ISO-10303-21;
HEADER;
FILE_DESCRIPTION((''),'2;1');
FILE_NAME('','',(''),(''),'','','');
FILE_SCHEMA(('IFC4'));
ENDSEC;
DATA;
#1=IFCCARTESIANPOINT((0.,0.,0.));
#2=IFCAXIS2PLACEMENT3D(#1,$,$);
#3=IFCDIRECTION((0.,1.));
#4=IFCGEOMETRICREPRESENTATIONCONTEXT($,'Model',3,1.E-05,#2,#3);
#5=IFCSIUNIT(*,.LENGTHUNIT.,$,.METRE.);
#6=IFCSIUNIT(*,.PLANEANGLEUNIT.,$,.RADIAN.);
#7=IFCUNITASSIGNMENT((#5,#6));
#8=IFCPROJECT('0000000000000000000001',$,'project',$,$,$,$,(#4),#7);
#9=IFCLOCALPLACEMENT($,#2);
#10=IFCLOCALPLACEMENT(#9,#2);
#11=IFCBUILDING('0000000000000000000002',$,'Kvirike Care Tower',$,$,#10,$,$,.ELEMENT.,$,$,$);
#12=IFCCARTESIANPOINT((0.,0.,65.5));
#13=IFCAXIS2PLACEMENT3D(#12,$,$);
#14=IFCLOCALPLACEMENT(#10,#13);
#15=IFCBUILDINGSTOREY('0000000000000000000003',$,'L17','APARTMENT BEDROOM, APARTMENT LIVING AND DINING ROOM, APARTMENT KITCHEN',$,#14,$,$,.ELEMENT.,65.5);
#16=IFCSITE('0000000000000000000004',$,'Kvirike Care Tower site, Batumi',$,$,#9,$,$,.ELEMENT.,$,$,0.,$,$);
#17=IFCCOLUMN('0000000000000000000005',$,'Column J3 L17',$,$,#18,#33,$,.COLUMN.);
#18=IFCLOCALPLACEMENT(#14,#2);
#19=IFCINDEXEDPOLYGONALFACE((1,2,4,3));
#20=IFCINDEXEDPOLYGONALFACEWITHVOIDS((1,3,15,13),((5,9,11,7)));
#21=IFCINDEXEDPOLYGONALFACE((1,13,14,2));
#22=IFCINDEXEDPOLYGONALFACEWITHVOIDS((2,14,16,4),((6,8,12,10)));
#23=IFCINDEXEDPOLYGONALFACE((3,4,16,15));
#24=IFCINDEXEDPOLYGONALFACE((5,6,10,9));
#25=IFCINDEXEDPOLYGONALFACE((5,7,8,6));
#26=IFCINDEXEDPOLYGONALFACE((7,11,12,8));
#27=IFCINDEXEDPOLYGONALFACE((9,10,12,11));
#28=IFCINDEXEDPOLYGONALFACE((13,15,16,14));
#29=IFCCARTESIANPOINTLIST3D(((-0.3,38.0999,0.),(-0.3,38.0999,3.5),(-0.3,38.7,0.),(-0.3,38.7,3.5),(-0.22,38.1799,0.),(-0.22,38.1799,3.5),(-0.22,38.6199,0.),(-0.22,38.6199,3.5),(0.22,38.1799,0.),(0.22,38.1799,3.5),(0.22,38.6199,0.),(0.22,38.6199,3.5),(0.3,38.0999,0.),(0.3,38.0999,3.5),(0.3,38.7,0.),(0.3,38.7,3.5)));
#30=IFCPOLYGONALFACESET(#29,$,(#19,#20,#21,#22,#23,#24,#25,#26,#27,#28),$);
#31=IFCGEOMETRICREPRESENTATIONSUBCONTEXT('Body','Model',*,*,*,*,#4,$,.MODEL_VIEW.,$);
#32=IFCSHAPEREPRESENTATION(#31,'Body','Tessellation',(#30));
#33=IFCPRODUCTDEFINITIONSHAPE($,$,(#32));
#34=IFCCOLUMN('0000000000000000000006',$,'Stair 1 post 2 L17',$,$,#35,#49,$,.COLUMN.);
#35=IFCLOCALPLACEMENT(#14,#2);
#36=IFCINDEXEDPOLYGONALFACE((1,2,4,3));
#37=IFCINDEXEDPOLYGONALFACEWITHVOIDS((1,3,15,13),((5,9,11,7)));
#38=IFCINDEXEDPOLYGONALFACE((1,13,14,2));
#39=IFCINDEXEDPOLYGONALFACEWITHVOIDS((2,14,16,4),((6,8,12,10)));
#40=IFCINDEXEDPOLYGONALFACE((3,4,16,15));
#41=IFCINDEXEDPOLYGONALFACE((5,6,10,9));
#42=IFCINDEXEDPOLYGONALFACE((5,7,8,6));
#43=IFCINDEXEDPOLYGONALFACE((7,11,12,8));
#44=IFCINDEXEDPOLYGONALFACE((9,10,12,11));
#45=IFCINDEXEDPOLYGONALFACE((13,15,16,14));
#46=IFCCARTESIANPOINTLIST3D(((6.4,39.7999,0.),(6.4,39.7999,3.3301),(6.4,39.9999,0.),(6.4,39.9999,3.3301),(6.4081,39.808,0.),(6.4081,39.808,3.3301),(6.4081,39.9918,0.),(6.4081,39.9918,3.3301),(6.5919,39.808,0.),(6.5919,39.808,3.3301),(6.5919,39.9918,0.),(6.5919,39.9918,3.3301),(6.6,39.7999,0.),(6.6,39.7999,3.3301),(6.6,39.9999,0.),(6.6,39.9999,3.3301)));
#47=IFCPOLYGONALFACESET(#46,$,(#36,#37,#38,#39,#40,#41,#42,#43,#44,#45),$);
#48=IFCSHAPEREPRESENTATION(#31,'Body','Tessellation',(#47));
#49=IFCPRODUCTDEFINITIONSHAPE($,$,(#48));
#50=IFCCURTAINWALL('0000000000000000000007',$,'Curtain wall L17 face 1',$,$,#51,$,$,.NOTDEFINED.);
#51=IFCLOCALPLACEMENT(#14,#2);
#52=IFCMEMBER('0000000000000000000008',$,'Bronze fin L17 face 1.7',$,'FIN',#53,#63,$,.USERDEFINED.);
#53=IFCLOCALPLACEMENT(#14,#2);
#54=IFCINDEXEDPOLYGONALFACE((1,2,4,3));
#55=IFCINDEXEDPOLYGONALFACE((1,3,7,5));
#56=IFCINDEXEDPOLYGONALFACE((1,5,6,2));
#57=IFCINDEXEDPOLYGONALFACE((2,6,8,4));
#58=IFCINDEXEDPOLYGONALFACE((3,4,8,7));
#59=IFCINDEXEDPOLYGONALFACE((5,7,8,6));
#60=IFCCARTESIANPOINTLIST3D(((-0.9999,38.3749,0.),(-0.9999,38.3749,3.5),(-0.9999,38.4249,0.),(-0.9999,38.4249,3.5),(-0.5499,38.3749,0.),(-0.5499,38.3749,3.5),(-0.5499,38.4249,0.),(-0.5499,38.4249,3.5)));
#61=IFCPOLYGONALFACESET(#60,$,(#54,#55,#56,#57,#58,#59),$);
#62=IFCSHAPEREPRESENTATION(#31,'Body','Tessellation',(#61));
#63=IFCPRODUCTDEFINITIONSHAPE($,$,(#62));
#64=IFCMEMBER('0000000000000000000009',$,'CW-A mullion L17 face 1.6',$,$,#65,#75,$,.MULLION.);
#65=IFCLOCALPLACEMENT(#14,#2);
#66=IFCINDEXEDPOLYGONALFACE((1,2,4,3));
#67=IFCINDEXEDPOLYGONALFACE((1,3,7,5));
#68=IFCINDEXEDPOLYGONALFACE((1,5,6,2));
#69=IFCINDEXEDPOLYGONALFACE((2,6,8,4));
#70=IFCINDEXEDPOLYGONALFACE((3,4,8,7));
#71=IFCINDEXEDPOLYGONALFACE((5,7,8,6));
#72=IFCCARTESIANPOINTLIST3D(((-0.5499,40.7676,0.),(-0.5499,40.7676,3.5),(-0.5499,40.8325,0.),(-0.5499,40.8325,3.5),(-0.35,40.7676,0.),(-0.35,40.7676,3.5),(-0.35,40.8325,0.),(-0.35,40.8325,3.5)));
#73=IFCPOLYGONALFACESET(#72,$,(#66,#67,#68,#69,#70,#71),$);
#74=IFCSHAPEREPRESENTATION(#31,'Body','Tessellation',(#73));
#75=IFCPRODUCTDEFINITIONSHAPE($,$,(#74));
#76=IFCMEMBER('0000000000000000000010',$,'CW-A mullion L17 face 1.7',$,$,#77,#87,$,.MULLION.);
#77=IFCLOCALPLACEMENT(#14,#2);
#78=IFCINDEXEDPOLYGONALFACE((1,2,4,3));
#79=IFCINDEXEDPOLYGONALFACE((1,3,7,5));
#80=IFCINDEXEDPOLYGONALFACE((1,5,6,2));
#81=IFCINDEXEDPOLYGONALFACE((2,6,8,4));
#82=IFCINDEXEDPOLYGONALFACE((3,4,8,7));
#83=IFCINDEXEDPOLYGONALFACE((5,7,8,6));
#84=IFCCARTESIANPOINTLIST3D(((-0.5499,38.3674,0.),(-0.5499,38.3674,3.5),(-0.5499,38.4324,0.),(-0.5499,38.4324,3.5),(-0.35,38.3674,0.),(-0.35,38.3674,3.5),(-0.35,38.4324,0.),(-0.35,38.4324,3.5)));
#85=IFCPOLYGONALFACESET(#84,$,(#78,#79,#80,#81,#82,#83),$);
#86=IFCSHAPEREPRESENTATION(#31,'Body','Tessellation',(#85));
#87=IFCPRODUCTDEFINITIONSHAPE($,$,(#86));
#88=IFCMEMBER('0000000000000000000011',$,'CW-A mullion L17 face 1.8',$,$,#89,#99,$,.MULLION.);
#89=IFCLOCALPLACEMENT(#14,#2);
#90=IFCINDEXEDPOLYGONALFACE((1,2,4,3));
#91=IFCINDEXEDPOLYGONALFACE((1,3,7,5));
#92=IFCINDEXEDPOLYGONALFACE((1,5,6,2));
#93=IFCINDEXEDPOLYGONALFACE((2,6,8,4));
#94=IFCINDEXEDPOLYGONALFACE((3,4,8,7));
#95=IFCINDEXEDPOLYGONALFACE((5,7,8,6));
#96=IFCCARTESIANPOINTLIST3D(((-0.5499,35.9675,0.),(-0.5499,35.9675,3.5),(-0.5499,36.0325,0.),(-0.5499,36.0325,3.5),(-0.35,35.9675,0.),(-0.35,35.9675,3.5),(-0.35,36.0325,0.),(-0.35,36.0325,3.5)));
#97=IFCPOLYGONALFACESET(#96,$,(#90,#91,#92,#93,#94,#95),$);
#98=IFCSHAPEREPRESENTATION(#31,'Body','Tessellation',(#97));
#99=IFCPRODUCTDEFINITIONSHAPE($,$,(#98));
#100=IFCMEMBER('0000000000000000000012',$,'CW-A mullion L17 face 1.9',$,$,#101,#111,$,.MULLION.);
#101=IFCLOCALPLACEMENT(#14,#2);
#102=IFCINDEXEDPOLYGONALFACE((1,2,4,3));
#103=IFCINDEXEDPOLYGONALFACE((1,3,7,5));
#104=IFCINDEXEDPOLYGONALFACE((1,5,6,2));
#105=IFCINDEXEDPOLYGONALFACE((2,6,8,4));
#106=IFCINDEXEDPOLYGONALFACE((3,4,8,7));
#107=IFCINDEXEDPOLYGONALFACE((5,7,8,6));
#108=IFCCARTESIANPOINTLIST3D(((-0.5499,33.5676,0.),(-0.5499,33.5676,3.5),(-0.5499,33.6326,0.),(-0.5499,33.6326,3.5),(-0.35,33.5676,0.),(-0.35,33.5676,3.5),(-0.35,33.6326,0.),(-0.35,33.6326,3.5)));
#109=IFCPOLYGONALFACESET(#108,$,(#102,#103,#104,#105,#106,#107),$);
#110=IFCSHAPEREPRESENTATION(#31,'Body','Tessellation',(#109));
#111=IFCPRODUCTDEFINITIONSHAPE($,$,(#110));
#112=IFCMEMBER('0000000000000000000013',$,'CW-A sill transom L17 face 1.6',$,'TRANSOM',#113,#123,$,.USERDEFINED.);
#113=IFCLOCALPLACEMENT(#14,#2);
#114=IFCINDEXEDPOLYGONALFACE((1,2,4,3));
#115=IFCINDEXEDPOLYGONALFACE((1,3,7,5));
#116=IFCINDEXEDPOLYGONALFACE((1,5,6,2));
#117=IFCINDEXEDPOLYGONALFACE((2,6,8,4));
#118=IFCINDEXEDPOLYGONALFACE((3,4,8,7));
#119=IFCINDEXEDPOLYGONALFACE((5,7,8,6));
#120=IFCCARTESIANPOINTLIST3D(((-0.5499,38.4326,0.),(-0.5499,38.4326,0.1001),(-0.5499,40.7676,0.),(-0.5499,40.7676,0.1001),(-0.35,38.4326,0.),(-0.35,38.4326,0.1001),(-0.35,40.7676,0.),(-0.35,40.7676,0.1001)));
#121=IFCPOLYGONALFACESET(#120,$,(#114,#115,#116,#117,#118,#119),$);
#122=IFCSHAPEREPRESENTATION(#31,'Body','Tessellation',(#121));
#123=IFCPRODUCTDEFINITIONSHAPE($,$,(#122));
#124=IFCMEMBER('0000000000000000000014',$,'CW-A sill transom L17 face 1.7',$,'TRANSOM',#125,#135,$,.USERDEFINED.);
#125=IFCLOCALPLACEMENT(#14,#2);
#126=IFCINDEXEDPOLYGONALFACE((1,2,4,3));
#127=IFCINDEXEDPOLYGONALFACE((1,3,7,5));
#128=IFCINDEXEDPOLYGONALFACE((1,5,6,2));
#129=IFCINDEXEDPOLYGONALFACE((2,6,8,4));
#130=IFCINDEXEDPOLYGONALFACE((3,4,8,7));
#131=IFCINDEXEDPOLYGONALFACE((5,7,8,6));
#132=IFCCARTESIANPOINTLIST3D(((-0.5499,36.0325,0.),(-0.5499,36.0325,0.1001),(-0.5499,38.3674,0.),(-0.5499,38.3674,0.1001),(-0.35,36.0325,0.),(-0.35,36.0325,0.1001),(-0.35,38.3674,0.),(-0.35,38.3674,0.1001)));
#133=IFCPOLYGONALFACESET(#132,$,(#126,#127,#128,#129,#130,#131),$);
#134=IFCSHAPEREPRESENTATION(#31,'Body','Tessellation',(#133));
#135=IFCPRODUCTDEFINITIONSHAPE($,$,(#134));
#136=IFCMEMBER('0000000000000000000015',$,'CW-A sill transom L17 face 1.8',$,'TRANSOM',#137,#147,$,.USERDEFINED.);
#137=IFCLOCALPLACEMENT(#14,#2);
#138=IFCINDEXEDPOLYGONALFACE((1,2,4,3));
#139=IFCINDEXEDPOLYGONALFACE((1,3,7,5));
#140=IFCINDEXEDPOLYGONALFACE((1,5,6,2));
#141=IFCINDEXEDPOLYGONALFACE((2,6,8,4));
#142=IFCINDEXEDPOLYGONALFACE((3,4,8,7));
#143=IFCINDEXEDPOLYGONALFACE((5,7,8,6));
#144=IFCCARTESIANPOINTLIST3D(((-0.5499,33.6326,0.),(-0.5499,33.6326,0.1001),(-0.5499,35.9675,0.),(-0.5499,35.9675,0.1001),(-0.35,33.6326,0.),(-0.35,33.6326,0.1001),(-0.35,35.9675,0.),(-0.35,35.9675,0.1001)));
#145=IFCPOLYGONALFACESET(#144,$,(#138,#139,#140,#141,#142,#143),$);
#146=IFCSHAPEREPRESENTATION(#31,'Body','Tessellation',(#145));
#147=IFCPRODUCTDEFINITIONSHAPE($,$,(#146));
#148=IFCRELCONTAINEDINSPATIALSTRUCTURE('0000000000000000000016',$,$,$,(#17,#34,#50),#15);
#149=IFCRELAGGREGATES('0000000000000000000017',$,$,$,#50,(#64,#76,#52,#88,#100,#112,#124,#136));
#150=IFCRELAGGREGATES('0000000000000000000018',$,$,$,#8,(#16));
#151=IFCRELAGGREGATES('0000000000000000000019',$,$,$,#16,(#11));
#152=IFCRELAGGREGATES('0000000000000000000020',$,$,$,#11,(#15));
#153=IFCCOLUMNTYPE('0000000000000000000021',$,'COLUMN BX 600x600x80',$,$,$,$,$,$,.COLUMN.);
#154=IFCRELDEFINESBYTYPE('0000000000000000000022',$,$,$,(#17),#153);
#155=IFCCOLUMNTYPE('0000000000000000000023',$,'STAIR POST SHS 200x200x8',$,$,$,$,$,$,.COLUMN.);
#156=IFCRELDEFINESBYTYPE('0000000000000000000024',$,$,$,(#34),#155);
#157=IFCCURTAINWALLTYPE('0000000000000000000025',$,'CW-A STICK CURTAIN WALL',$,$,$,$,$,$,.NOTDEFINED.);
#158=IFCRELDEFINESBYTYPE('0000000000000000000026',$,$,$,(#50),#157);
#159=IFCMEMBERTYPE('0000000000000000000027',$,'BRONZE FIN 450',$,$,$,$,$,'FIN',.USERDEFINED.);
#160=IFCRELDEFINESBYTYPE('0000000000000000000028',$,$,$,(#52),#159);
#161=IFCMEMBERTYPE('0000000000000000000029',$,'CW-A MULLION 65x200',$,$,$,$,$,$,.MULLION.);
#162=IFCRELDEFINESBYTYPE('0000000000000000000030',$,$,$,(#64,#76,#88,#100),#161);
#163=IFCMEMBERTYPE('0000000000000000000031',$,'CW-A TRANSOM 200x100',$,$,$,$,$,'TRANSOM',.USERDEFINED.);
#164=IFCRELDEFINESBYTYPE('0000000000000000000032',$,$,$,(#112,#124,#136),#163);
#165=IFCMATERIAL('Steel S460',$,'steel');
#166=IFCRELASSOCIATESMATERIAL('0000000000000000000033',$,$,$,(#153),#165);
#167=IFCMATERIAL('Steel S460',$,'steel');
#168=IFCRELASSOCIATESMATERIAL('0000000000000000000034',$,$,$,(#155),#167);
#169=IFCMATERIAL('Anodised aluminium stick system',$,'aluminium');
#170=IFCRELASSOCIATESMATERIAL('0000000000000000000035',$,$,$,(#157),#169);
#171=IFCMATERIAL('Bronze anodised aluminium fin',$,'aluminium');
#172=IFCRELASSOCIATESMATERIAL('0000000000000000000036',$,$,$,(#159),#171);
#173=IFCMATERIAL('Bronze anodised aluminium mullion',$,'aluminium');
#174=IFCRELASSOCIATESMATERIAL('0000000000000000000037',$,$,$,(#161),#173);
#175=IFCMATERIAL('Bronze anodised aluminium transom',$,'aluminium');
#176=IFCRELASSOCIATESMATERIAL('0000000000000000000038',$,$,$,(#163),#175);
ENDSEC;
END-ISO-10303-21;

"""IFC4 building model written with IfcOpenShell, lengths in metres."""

from ifc_helpers import new_model, si_unit, direction, frame, origin, origin_2d, place, context, subcontext, project, spatial, rectangle, hollow_rectangle, extrude, material, material_profile, profile_set, type_object, element, aggregate, save


model = new_model("IFC4")

# Units and contexts
model_context = context("Model", 3, precision=1e-05, world=origin(), true_north=direction((0.0, 1.0)))
body_context = subcontext(model_context, "Body", "Model", "MODEL_VIEW")
ifc_project = project(units=[si_unit("LENGTHUNIT", "METRE"), si_unit("PLANEANGLEUNIT", "RADIAN")], contexts=[model_context])

# Site, building, storey
site_placement = place(None, origin())
site = spatial("IfcSite", under=ifc_project, at=site_placement, Name="Kvirike Care Tower site, Batumi", CompositionType="ELEMENT", RefElevation=0.0)
building_placement = place(site_placement, origin())
building = spatial("IfcBuilding", under=site, at=building_placement, Name="Kvirike Care Tower", CompositionType="ELEMENT")
storey_placement = place(building_placement, frame((0.0, 0.0, 65.5)))
storey = spatial("IfcBuildingStorey", under=building, at=storey_placement, Name="L17", Description="APARTMENT BEDROOM, APARTMENT LIVING AND DINING ROOM, APARTMENT KITCHEN", CompositionType="ELEMENT", Elevation=65.5)

# Columns
ifc_material_1 = material(Name="Steel S460", Category="steel")
ifc_material_profile_1 = material_profile(ifc_material_1, hollow_rectangle(XDim=0.6001, YDim=0.6001, WallThickness=0.0801, at=origin_2d()), Name="BX 600x600x80")
ifc_profile_set_1 = profile_set([ifc_material_profile_1], Name="Steel S460")
column_type_1 = type_object("IfcColumnType", Name="COLUMN BX 600x600x80", PredefinedType="COLUMN", material=ifc_profile_set_1)
column_1_placement = place(storey_placement, frame((0.0, 38.3999, 0.0), z_axis=(0.0, 0.0, 1.0), x_axis=(1.0, 0.0, 0.0)))
element("IfcColumn", 1, at=column_1_placement, inside=storey, type_object=column_type_1, Name="Column J3 L17", PredefinedType="COLUMN", context=body_context, shape_type="SweptSolid", body=[
    extrude(hollow_rectangle(XDim=0.6001, YDim=0.6001, WallThickness=0.0801, at=origin_2d()), origin(), (0.0, 0.0, 1.0), 3.5),
])
ifc_material_2 = material(Name="Steel S460", Category="steel")
ifc_material_profile_2 = material_profile(ifc_material_2, hollow_rectangle(XDim=0.2, YDim=0.2, WallThickness=0.0081, at=origin_2d()), Name="SHS 200x200x8")
ifc_profile_set_2 = profile_set([ifc_material_profile_2], Name="Steel S460")
column_type_2 = type_object("IfcColumnType", Name="STAIR POST SHS 200x200x8", PredefinedType="COLUMN", material=ifc_profile_set_2)
column_2_placement = place(storey_placement, frame((6.5, 39.8999, 0.0), z_axis=(0.0, 0.0, 1.0), x_axis=(1.0, 0.0, 0.0)))
element("IfcColumn", 2, at=column_2_placement, inside=storey, type_object=column_type_2, Name="Stair 1 post 2 L17", PredefinedType="COLUMN", context=body_context, shape_type="SweptSolid", body=[
    extrude(hollow_rectangle(XDim=0.2, YDim=0.2, WallThickness=0.0081, at=origin_2d()), origin(), (0.0, 0.0, 1.0), 3.3301),
])

# Curtain wall, members
ifc_material_3 = material(Name="Anodised aluminium stick system", Category="aluminium")
curtain_wall_type = type_object("IfcCurtainWallType", Name="CW-A STICK CURTAIN WALL", PredefinedType="NOTDEFINED", material=ifc_material_3)
curtain_wall_placement = place(storey_placement, origin())
curtain_wall = element("IfcCurtainWall", 3, at=curtain_wall_placement, inside=storey, type_object=curtain_wall_type, Name="Curtain wall L17 face 1", PredefinedType="NOTDEFINED")
ifc_material_4 = material(Name="Bronze anodised aluminium fin", Category="aluminium")
ifc_material_profile_3 = material_profile(ifc_material_4, rectangle(XDim=0.05, YDim=0.45, at=origin_2d()), Name="BRONZE FIN 450")
ifc_profile_set_3 = profile_set([ifc_material_profile_3], Name="Bronze anodised aluminium fin")
member_type_1 = type_object("IfcMemberType", Name="BRONZE FIN 450", ElementType="FIN", PredefinedType="USERDEFINED", material=ifc_profile_set_3)
member_1_placement = place(storey_placement, frame((-0.7749, 38.3999, 0.0), z_axis=(0.0, 0.0, 1.0), x_axis=(0.0, -1.0, 0.0)))
member_1 = element("IfcMember", 4, at=member_1_placement, type_object=member_type_1, Name="Bronze fin L17 face 1.7", ObjectType="FIN", PredefinedType="USERDEFINED", context=body_context, shape_type="SweptSolid", body=[
    extrude(rectangle(XDim=0.05, YDim=0.45, at=origin_2d()), origin(), (0.0, 0.0, 1.0), 3.5),
])
ifc_material_5 = material(Name="Bronze anodised aluminium mullion", Category="aluminium")
ifc_material_profile_4 = material_profile(ifc_material_5, rectangle(XDim=0.0649, YDim=0.2, at=origin_2d()), Name="CW-A MULLION 65x200")
ifc_profile_set_4 = profile_set([ifc_material_profile_4], Name="Bronze anodised aluminium mullion")
member_type_2 = type_object("IfcMemberType", Name="CW-A MULLION 65x200", PredefinedType="MULLION", material=ifc_profile_set_4)
member_2_placement = place(storey_placement, frame((-0.45, 40.8, 0.0), z_axis=(0.0, 0.0, 1.0), x_axis=(0.0, -1.0, 0.0)))
member_2 = element("IfcMember", 5, at=member_2_placement, type_object=member_type_2, Name="CW-A mullion L17 face 1.6", PredefinedType="MULLION", context=body_context, shape_type="SweptSolid", body=[
    extrude(rectangle(XDim=0.0649, YDim=0.2, at=origin_2d()), origin(), (0.0, 0.0, 1.0), 3.5),
])
member_3_placement = place(storey_placement, frame((-0.45, 38.3999, 0.0), z_axis=(0.0, 0.0, 1.0), x_axis=(0.0, -1.0, 0.0)))
member_3 = element("IfcMember", 6, at=member_3_placement, type_object=member_type_2, Name="CW-A mullion L17 face 1.7", PredefinedType="MULLION", context=body_context, shape_type="SweptSolid", body=[
    extrude(rectangle(XDim=0.0649, YDim=0.2, at=origin_2d()), origin(), (0.0, 0.0, 1.0), 3.5),
])
member_4_placement = place(storey_placement, frame((-0.45, 36.0, 0.0), z_axis=(0.0, 0.0, 1.0), x_axis=(0.0, -1.0, 0.0)))
member_4 = element("IfcMember", 7, at=member_4_placement, type_object=member_type_2, Name="CW-A mullion L17 face 1.8", PredefinedType="MULLION", context=body_context, shape_type="SweptSolid", body=[
    extrude(rectangle(XDim=0.0649, YDim=0.2, at=origin_2d()), origin(), (0.0, 0.0, 1.0), 3.5),
])
member_5_placement = place(storey_placement, frame((-0.45, 33.6001, 0.0), z_axis=(0.0, 0.0, 1.0), x_axis=(0.0, -1.0, 0.0)))
member_5 = element("IfcMember", 8, at=member_5_placement, type_object=member_type_2, Name="CW-A mullion L17 face 1.9", PredefinedType="MULLION", context=body_context, shape_type="SweptSolid", body=[
    extrude(rectangle(XDim=0.0649, YDim=0.2, at=origin_2d()), origin(), (0.0, 0.0, 1.0), 3.5),
])
ifc_material_6 = material(Name="Bronze anodised aluminium transom", Category="aluminium")
ifc_material_profile_5 = material_profile(ifc_material_6, rectangle(XDim=0.2, YDim=0.1001, at=origin_2d()), Name="CW-A TRANSOM 200x100")
ifc_profile_set_5 = profile_set([ifc_material_profile_5], Name="Bronze anodised aluminium transom")
member_type_3 = type_object("IfcMemberType", Name="CW-A TRANSOM 200x100", ElementType="TRANSOM", PredefinedType="USERDEFINED", material=ifc_profile_set_5)
member_6_placement = place(storey_placement, frame((-0.45, 40.7676, 0.05), z_axis=(0.0, -1.0, 0.0), x_axis=(1.0, 0.0, 0.0)))
member_6 = element("IfcMember", 9, at=member_6_placement, type_object=member_type_3, Name="CW-A sill transom L17 face 1.6", ObjectType="TRANSOM", PredefinedType="USERDEFINED", context=body_context, shape_type="SweptSolid", body=[
    extrude(rectangle(XDim=0.2, YDim=0.1001, at=origin_2d()), origin(), (0.0, 0.0, 1.0), 2.335),
])
member_7_placement = place(storey_placement, frame((-0.45, 38.3674, 0.05), z_axis=(0.0, -1.0, 0.0), x_axis=(1.0, 0.0, 0.0)))
member_7 = element("IfcMember", 10, at=member_7_placement, type_object=member_type_3, Name="CW-A sill transom L17 face 1.7", ObjectType="TRANSOM", PredefinedType="USERDEFINED", context=body_context, shape_type="SweptSolid", body=[
    extrude(rectangle(XDim=0.2, YDim=0.1001, at=origin_2d()), origin(), (0.0, 0.0, 1.0), 2.335),
])
member_8_placement = place(storey_placement, frame((-0.45, 35.9675, 0.05), z_axis=(0.0, -1.0, 0.0), x_axis=(1.0, 0.0, 0.0)))
member_8 = element("IfcMember", 11, at=member_8_placement, type_object=member_type_3, Name="CW-A sill transom L17 face 1.8", ObjectType="TRANSOM", PredefinedType="USERDEFINED", context=body_context, shape_type="SweptSolid", body=[
    extrude(rectangle(XDim=0.2, YDim=0.1001, at=origin_2d()), origin(), (0.0, 0.0, 1.0), 2.335),
])

aggregate(curtain_wall, [member_2, member_3, member_1, member_4, member_5, member_6, member_7, member_8])

save(model, "model.ifc")
